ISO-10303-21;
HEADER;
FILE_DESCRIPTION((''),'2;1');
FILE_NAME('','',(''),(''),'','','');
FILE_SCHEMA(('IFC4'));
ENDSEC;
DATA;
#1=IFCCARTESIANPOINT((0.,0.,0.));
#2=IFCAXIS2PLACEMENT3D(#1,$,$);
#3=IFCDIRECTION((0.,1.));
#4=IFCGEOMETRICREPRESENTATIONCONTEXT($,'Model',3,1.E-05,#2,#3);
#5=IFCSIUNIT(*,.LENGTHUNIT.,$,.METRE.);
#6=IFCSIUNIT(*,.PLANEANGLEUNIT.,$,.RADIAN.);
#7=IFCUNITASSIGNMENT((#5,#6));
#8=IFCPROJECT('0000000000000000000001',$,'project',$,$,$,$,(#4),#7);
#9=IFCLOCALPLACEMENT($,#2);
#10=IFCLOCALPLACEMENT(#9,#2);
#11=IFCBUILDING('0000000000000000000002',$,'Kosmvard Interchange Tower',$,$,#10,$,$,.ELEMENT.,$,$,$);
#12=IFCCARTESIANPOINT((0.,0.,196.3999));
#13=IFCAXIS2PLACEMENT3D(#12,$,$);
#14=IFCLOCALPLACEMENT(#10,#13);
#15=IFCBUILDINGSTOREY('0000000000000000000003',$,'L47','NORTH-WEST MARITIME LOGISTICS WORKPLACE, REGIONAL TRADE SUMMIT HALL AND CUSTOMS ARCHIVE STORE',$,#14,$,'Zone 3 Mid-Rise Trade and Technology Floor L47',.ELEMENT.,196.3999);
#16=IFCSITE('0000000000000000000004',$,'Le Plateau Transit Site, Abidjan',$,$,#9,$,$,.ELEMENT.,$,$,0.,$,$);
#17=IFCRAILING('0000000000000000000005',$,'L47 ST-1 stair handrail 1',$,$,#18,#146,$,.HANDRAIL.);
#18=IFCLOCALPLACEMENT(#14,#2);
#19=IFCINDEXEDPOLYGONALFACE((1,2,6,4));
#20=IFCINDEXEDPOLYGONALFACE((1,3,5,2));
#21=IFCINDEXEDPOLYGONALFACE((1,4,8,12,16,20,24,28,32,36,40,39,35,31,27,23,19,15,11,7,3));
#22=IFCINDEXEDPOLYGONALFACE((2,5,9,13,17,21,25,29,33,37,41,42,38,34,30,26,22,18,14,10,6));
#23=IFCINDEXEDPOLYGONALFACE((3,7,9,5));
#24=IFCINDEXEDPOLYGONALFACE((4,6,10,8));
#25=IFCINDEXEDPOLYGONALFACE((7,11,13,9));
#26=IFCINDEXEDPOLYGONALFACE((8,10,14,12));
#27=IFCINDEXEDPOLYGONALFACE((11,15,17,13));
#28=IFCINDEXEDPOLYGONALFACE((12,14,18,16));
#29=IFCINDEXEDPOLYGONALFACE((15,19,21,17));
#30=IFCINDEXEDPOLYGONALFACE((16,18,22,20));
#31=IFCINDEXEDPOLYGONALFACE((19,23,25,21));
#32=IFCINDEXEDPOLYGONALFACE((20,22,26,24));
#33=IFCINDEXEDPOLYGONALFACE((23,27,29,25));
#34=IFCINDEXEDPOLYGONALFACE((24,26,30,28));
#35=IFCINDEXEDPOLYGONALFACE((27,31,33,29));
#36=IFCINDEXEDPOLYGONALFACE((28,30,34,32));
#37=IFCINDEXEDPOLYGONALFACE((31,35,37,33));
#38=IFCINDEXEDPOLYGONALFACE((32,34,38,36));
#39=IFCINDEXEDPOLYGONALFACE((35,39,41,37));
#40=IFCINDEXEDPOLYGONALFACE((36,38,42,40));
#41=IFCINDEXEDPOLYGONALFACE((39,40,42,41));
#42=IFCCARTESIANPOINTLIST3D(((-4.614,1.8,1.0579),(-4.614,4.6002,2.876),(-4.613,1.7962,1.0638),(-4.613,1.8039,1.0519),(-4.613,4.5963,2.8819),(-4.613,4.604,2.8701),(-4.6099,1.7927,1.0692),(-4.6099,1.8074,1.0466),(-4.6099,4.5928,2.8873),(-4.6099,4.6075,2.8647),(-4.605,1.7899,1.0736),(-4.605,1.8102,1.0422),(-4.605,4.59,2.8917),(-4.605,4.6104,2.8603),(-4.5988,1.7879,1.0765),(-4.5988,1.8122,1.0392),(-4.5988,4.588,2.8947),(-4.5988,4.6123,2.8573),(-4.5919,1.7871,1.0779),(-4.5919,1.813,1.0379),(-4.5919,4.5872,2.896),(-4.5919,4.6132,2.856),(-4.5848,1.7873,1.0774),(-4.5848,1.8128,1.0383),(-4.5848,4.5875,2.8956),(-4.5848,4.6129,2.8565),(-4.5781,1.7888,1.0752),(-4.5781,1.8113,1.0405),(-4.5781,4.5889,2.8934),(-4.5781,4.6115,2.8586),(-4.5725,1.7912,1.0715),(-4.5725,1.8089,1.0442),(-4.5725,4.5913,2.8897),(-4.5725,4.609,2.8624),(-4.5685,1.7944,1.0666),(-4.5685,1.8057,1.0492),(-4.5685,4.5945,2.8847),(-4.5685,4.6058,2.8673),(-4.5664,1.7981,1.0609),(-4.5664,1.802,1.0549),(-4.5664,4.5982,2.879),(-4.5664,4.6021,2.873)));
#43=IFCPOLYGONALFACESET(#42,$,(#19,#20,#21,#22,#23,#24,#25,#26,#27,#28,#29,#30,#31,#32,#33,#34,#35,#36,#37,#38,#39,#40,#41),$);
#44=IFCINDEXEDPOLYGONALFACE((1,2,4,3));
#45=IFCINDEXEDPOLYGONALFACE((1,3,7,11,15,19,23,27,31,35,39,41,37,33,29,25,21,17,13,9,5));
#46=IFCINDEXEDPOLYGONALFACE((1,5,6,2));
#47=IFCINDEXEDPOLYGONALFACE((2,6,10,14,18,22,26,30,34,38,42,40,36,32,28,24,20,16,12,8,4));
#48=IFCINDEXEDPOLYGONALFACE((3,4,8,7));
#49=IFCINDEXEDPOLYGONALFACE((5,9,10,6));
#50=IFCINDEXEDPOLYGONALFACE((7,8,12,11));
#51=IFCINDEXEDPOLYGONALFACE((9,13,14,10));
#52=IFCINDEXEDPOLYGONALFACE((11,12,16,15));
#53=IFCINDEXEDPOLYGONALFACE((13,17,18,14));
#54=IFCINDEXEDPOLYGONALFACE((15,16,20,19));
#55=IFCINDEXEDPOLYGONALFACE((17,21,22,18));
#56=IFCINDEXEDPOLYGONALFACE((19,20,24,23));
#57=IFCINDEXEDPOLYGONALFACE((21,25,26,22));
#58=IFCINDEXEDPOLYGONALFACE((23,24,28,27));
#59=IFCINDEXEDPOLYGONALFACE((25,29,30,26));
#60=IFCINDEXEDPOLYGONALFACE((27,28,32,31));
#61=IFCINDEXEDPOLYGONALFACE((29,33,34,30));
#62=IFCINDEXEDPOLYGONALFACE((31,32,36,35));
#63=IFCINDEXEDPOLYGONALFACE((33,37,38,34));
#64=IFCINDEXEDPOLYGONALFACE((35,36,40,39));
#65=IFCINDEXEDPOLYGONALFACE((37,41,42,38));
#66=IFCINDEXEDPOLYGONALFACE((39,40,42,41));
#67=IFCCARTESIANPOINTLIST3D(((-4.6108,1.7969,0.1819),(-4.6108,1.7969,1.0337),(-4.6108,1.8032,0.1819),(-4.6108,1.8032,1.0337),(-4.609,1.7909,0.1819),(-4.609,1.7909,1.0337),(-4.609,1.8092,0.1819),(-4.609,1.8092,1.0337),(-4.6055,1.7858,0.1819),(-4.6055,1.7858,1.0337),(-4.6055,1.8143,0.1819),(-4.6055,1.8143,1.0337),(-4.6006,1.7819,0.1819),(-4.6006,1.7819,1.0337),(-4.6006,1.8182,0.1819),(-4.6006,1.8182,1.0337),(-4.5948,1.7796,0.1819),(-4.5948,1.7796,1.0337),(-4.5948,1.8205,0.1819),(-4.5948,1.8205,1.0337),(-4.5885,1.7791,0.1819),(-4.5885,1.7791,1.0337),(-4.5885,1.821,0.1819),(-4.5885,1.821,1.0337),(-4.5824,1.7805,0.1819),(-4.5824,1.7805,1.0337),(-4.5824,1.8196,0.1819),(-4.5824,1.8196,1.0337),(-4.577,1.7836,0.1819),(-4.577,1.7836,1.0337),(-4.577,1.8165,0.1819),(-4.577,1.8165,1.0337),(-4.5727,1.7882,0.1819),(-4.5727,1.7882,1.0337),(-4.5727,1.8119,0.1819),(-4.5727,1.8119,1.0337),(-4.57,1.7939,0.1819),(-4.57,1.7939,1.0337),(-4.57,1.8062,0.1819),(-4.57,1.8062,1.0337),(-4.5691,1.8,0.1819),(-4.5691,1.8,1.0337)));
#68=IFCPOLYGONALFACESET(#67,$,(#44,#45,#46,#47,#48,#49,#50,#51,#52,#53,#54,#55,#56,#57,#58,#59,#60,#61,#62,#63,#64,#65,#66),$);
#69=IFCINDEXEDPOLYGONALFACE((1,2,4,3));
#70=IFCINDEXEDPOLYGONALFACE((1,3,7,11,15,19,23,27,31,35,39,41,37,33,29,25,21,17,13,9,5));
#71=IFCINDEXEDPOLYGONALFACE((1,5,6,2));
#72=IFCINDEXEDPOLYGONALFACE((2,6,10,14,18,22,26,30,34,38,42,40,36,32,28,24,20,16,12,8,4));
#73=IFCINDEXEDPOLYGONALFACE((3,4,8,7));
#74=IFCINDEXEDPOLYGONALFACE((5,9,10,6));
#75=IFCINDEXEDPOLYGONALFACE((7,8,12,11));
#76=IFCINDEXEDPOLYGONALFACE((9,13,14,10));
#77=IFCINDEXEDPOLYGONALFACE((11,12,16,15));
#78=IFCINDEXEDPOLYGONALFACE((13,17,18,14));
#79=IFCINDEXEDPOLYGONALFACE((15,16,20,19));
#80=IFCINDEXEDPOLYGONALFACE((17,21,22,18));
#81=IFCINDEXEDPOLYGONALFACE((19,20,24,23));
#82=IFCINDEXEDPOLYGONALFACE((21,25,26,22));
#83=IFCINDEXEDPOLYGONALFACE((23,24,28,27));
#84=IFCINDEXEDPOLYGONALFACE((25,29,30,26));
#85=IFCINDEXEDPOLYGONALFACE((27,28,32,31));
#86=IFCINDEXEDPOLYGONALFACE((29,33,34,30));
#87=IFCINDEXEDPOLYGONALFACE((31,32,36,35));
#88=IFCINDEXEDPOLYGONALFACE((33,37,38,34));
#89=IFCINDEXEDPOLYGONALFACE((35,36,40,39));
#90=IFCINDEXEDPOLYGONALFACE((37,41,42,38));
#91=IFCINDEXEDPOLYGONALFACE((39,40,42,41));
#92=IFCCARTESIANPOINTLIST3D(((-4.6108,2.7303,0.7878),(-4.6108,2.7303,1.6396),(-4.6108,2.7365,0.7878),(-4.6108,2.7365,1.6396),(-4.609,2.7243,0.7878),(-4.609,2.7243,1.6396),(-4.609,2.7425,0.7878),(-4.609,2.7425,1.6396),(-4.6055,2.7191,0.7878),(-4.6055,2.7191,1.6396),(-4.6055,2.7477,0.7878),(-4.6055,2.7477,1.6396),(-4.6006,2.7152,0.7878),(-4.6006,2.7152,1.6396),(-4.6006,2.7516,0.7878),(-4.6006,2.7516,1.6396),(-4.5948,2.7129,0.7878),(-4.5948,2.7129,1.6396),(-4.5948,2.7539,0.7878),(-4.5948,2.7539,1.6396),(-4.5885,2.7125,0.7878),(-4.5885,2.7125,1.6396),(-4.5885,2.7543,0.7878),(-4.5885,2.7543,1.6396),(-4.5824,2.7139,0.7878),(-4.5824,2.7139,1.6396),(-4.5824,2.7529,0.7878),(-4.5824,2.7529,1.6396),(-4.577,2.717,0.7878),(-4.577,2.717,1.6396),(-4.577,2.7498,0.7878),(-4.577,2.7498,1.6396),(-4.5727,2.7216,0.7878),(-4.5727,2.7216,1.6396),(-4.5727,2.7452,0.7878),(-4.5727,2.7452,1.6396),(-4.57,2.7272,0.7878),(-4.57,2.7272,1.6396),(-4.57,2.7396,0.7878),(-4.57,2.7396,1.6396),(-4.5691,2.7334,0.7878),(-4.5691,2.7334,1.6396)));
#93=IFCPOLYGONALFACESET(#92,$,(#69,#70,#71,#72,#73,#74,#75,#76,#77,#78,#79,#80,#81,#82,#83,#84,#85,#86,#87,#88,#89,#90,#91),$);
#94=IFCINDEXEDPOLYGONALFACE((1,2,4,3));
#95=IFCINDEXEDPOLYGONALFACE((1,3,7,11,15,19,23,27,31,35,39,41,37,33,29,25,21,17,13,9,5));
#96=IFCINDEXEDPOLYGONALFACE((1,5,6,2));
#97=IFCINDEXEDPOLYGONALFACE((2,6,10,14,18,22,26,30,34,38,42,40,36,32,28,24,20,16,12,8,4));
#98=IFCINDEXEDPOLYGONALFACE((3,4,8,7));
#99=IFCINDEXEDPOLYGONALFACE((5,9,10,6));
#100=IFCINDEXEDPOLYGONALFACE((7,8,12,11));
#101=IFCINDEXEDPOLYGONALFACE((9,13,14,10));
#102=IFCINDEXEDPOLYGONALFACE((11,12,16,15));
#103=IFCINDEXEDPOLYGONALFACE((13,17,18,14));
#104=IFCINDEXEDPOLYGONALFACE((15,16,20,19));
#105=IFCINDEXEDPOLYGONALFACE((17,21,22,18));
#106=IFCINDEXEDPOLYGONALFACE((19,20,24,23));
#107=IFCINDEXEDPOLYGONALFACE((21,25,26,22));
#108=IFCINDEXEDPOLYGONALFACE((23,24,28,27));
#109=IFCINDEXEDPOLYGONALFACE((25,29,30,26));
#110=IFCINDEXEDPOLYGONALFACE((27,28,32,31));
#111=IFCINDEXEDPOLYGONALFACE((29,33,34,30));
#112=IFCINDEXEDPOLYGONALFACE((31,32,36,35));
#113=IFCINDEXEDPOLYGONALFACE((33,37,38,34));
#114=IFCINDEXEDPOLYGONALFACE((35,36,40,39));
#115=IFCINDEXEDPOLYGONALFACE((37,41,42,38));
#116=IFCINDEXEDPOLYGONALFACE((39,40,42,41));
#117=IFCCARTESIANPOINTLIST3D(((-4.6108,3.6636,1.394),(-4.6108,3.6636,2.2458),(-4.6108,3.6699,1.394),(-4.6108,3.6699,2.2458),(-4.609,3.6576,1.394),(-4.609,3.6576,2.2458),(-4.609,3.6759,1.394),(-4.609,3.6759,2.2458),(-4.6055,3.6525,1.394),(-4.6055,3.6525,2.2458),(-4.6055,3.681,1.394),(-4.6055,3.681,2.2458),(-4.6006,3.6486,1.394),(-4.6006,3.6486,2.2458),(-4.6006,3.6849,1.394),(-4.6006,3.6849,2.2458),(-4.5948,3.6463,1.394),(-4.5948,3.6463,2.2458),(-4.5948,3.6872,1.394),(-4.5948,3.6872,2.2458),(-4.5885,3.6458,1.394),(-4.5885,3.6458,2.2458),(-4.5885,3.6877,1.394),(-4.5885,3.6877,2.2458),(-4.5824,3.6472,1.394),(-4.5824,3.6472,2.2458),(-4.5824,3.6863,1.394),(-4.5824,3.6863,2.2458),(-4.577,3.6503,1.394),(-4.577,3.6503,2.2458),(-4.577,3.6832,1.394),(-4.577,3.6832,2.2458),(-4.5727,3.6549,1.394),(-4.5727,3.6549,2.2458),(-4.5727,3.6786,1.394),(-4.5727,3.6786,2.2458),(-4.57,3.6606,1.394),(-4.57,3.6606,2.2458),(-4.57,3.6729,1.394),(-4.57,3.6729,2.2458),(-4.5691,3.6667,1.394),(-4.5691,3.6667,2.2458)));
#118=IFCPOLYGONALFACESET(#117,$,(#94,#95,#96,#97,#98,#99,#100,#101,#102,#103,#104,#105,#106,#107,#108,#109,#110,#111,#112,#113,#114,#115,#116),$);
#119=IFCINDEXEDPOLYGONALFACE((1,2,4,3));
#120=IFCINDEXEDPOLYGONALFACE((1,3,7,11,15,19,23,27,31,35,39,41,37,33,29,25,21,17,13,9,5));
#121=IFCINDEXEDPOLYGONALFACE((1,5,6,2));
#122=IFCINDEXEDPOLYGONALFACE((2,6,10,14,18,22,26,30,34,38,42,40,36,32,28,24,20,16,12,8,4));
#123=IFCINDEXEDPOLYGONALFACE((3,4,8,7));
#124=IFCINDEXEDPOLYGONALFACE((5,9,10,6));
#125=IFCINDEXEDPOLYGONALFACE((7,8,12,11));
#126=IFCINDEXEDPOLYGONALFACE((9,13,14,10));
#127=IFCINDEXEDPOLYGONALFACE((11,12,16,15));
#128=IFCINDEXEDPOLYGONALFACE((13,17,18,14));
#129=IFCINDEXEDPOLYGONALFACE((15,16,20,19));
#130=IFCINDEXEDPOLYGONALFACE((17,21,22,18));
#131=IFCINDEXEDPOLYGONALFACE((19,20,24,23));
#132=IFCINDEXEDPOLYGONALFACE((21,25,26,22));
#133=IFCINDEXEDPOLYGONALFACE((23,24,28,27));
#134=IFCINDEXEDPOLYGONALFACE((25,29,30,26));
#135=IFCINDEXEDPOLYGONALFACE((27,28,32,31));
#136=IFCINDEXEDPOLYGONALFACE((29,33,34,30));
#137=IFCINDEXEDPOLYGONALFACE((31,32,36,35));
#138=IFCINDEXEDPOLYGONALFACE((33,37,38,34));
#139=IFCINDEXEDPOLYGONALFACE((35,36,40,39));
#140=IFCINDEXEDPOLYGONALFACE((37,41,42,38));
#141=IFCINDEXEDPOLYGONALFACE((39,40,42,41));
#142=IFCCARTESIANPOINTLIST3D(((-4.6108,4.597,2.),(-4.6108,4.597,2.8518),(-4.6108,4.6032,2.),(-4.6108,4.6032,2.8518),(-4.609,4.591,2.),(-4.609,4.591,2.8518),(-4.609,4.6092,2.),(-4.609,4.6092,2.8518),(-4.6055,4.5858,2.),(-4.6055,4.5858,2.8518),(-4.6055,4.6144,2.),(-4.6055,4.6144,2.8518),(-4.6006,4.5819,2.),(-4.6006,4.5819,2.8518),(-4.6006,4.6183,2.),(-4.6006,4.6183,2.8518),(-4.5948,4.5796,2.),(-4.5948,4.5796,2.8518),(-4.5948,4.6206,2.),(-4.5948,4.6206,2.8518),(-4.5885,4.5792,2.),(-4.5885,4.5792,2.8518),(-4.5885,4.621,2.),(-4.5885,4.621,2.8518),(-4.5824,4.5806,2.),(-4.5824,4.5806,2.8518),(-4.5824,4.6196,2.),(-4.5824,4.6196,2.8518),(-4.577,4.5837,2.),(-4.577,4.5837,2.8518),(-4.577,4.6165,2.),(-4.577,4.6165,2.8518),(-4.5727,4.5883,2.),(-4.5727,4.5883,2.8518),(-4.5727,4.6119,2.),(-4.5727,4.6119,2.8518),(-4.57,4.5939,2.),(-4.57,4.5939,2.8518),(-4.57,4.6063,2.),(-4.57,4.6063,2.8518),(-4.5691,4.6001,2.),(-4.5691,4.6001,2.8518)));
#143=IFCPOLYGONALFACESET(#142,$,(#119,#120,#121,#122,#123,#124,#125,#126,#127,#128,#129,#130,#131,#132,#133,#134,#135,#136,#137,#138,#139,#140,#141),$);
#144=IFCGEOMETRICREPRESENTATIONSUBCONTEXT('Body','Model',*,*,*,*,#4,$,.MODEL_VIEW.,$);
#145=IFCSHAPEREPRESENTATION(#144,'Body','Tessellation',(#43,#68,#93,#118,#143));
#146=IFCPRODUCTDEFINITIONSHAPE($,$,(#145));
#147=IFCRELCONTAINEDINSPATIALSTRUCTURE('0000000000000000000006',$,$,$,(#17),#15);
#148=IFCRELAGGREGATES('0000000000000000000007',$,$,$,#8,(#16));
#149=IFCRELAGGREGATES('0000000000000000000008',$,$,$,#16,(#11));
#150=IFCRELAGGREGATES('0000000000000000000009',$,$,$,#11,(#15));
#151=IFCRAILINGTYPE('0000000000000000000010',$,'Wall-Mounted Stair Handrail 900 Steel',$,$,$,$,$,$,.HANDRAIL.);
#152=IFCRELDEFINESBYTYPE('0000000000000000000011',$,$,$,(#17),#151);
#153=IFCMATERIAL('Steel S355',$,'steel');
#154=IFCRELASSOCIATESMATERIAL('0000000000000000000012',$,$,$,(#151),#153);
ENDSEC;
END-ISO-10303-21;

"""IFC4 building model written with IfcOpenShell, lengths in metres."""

from ifc_helpers import new_model, si_unit, direction, frame, origin, origin_2d, place, context, subcontext, project, spatial, circle, extrude, source, transform, mapped, material, type_object, element, save


model = new_model("IFC4")

# Units and contexts
model_context = context("Model", 3, precision=1e-05, world=origin(), true_north=direction((0.0, 1.0)))
body_context = subcontext(model_context, "Body", "Model", "MODEL_VIEW")
ifc_project = project(units=[si_unit("LENGTHUNIT", "METRE"), si_unit("PLANEANGLEUNIT", "RADIAN")], contexts=[model_context])

# Site, building, storey
site_placement = place(None, origin())
site = spatial("IfcSite", under=ifc_project, at=site_placement, Name="Le Plateau Transit Site, Abidjan", CompositionType="ELEMENT", RefElevation=0.0)
building_placement = place(site_placement, origin())
building = spatial("IfcBuilding", under=site, at=building_placement, Name="Kosmvard Interchange Tower", CompositionType="ELEMENT")
storey_placement = place(building_placement, frame((0.0, 0.0, 196.3999)))
storey = spatial("IfcBuildingStorey", under=building, at=storey_placement, Name="L47", Description="NORTH-WEST MARITIME LOGISTICS WORKPLACE, REGIONAL TRADE SUMMIT HALL AND CUSTOMS ARCHIVE STORE", LongName="Zone 3 Mid-Rise Trade and Technology Floor L47", CompositionType="ELEMENT", Elevation=196.3999)

# Shared definitions
ifc_material_1 = material(Name="Steel S355", Category="steel")

# Railing
railing_type_1 = type_object("IfcRailingType", Name="Wall-Mounted Stair Handrail 900 Steel", PredefinedType="HANDRAIL", material=ifc_material_1)
shared_shape_1 = source(origin(), body_context, "Body", "SweptSolid", [
    extrude(circle(Radius=0.0239, at=origin_2d()), frame((0.0, 0.0, 0.876), z_axis=(0.0, 0.838706, 0.544585), x_axis=(-1.0, 0.0, 0.0)), (0.0, 0.0, 1.0), 3.3386),
    extrude(circle(Radius=0.021, at=origin_2d()), origin(), (0.0, 0.0, 1.0), 0.8518),
    extrude(circle(Radius=0.021, at=origin_2d()), frame((0.0, 0.9333, 0.606)), (0.0, 0.0, 1.0), 0.8518),
    extrude(circle(Radius=0.021, at=origin_2d()), frame((0.0, 1.8667, 1.2122)), (0.0, 0.0, 1.0), 0.8518),
    extrude(circle(Radius=0.021, at=origin_2d()), frame((0.0, 2.8, 1.8181)), (0.0, 0.0, 1.0), 0.8518),
])
railing_1_placement = place(storey_placement, frame((-4.5901, 1.8, 0.1819)))
element("IfcRailing", 1, at=railing_1_placement, inside=storey, type_object=railing_type_1, Name="L47 ST-1 stair handrail 1", PredefinedType="HANDRAIL", context=body_context, shape_type="MappedRepresentation", body=[
    mapped(shared_shape_1, transform((0.0, 0.0, 0.0), scale=1.0)),
])

save(model, "model.ifc")
